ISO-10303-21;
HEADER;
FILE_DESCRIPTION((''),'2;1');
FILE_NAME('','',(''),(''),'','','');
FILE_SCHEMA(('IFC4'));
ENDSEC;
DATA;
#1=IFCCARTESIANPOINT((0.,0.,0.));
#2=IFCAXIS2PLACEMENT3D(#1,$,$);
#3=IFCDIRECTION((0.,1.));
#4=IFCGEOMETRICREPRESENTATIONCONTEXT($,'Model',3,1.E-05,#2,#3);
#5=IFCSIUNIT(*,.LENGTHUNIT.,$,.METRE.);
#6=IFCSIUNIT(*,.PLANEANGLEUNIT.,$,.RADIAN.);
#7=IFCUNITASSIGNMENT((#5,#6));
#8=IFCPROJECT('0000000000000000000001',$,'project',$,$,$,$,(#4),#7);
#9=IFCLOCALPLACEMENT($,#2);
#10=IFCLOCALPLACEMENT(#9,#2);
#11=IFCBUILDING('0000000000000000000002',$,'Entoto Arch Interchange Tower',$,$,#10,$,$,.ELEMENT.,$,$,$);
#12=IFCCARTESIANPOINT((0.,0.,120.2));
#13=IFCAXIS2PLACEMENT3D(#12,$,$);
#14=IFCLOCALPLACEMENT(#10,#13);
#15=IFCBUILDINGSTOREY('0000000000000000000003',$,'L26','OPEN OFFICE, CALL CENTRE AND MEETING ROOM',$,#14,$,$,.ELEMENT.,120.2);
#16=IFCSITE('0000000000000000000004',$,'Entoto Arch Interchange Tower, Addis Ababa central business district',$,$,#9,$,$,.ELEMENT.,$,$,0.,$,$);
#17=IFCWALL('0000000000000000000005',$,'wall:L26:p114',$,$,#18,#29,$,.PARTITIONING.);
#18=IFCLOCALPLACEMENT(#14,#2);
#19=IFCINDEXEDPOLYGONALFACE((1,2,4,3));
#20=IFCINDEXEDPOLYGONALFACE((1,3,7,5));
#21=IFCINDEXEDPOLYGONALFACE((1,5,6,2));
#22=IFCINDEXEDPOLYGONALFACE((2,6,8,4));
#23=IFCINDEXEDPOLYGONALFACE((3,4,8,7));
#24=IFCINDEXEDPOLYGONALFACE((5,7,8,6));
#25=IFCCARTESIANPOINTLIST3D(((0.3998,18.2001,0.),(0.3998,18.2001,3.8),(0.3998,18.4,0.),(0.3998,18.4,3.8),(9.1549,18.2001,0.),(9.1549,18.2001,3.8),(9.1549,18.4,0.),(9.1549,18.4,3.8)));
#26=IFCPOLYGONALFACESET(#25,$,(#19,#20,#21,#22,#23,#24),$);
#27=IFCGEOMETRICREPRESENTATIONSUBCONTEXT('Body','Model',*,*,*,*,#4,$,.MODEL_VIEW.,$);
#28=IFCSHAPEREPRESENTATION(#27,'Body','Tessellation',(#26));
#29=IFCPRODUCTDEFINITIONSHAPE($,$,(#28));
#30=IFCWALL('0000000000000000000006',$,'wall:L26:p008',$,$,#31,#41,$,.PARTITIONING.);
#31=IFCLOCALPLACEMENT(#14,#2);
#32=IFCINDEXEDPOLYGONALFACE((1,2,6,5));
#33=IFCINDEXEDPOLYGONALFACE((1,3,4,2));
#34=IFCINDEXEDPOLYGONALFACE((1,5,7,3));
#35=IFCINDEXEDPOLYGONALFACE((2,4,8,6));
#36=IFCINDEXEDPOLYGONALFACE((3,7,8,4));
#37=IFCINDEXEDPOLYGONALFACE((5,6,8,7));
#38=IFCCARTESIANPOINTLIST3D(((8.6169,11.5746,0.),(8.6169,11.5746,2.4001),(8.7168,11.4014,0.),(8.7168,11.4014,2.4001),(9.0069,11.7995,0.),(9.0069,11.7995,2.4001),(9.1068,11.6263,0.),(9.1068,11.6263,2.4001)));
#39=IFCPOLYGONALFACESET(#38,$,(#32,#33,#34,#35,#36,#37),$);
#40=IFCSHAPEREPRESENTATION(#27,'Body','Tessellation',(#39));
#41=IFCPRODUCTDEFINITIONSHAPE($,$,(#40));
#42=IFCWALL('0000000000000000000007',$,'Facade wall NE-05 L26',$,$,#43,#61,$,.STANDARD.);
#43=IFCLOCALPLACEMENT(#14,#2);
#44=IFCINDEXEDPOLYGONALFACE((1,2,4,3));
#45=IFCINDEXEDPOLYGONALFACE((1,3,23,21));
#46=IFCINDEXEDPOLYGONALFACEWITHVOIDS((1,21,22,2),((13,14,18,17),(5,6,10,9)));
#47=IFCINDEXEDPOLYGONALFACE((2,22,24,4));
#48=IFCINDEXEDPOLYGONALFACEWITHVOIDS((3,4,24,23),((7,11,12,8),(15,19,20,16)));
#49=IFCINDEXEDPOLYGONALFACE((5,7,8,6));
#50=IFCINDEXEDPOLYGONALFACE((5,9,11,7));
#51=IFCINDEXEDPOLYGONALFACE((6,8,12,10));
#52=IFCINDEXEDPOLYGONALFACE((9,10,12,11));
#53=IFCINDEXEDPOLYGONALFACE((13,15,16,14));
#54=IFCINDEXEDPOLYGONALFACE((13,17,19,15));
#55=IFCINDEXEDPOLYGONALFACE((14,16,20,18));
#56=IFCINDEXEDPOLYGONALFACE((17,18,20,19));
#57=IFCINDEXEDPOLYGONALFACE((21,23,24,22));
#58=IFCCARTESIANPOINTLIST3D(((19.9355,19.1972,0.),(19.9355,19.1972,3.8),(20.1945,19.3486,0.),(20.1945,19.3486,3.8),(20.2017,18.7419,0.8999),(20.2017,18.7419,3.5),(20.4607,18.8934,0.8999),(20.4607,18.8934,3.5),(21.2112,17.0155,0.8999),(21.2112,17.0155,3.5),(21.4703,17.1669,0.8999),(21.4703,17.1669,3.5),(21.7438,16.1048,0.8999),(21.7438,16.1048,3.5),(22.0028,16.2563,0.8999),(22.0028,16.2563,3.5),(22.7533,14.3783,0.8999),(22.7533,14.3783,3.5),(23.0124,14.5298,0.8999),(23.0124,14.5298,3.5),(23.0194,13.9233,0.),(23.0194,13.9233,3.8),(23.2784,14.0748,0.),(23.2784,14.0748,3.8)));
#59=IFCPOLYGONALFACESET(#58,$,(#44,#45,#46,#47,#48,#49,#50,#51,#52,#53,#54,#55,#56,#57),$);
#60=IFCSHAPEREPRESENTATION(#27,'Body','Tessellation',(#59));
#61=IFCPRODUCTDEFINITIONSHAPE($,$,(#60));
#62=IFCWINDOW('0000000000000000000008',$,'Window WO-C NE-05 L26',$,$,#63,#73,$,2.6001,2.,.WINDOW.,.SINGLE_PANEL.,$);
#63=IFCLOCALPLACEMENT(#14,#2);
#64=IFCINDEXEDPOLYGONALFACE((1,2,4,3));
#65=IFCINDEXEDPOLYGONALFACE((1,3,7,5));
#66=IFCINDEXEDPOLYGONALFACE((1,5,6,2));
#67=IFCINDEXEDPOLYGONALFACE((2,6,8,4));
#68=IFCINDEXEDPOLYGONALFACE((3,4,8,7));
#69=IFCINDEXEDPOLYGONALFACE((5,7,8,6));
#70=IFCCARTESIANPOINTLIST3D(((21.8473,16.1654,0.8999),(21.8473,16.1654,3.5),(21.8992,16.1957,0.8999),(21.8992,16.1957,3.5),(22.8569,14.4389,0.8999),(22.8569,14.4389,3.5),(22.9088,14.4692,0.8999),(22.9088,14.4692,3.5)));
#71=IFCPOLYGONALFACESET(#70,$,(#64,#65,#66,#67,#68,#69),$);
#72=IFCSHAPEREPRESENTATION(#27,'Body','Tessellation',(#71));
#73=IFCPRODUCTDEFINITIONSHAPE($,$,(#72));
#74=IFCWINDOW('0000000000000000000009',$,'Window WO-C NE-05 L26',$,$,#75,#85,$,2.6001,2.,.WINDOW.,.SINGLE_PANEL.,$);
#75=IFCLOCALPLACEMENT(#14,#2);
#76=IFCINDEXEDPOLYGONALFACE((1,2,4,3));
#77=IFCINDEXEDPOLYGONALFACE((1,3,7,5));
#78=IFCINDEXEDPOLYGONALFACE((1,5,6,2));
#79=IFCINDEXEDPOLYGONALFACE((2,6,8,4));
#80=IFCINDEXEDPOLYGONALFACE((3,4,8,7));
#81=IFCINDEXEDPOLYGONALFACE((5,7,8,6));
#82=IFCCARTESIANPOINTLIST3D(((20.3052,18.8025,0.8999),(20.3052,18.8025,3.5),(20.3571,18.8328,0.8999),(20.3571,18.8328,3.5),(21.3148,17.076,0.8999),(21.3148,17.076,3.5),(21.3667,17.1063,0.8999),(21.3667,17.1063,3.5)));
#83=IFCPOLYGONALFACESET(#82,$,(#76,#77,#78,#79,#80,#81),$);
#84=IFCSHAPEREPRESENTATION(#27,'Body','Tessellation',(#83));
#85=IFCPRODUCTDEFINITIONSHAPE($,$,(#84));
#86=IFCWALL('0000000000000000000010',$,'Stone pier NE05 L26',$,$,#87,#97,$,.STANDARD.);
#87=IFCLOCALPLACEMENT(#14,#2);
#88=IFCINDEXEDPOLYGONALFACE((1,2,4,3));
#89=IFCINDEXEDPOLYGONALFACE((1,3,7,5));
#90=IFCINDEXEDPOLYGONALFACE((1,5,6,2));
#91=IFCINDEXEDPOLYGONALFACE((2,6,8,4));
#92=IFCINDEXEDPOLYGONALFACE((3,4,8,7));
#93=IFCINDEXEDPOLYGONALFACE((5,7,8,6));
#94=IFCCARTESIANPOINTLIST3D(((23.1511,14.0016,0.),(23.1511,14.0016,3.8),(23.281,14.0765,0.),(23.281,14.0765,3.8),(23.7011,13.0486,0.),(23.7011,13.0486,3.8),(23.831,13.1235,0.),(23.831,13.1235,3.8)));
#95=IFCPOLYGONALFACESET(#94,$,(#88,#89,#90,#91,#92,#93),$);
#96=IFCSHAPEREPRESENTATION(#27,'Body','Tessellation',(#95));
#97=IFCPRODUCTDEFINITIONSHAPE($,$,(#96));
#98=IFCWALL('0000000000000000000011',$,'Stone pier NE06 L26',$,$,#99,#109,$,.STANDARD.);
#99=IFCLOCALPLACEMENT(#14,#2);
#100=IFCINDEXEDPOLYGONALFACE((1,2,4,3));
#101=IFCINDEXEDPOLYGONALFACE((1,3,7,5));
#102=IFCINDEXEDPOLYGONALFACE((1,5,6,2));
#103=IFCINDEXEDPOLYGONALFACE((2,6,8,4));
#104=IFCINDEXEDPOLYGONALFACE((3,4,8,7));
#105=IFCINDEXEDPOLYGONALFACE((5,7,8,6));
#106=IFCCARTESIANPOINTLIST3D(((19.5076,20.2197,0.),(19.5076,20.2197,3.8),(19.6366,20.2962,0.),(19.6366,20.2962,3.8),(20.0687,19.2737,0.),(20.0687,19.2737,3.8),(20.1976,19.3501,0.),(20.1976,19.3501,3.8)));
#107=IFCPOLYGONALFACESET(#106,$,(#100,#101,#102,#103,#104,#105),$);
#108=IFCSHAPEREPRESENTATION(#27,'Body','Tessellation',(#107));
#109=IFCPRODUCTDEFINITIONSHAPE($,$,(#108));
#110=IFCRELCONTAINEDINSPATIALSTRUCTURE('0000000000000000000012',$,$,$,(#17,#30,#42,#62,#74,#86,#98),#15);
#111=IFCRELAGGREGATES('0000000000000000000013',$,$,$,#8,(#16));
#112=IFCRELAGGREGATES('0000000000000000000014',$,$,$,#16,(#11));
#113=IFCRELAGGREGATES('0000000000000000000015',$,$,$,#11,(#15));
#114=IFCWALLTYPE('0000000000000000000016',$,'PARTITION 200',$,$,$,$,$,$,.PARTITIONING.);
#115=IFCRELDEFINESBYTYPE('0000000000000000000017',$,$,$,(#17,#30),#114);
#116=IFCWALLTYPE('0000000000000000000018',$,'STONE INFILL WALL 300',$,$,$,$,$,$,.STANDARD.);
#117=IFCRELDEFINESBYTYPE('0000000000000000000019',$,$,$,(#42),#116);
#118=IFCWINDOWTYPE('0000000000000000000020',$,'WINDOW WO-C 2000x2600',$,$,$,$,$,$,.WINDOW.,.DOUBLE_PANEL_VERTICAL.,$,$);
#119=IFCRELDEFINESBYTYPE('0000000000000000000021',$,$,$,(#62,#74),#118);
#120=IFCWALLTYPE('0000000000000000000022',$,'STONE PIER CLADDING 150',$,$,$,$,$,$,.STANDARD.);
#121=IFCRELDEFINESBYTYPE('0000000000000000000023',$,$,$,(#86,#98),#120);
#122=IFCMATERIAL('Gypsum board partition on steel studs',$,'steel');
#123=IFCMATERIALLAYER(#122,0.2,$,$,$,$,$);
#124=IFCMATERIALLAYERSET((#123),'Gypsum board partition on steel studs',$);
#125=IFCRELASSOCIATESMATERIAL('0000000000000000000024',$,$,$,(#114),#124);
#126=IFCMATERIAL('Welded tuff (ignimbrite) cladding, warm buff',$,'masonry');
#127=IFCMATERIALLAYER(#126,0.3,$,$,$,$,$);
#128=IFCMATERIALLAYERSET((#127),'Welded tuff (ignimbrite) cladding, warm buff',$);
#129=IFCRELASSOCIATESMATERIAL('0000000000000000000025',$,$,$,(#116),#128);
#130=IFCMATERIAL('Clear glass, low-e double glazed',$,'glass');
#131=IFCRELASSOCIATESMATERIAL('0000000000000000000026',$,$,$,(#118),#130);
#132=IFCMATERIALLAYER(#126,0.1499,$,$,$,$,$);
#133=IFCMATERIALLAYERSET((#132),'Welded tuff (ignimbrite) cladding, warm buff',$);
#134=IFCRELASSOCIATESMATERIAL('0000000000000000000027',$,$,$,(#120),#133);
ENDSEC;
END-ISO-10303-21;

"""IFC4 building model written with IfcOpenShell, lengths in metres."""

from ifc_helpers import new_model, si_unit, direction, frame, frame_2d, origin, place, context, subcontext, project, spatial, rectangle, extrude, material, layer, layer_set, type_object, element, fill, save


model = new_model("IFC4")

# Units and contexts
model_context = context("Model", 3, precision=1e-05, world=origin(), true_north=direction((0.0, 1.0)))
body_context = subcontext(model_context, "Body", "Model", "MODEL_VIEW")
ifc_project = project(units=[si_unit("LENGTHUNIT", "METRE"), si_unit("PLANEANGLEUNIT", "RADIAN")], contexts=[model_context])

# Site, building, storey
site_placement = place(None, origin())
site = spatial("IfcSite", under=ifc_project, at=site_placement, Name="Entoto Arch Interchange Tower, Addis Ababa central business district", CompositionType="ELEMENT", RefElevation=0.0)
building_placement = place(site_placement, origin())
building = spatial("IfcBuilding", under=site, at=building_placement, Name="Entoto Arch Interchange Tower", CompositionType="ELEMENT")
storey_placement = place(building_placement, frame((0.0, 0.0, 120.2)))
storey = spatial("IfcBuildingStorey", under=building, at=storey_placement, Name="L26", Description="OPEN OFFICE, CALL CENTRE AND MEETING ROOM", CompositionType="ELEMENT", Elevation=120.2)

# Shared definitions
ifc_material_1 = material(Name="Gypsum board partition on steel studs", Category="steel")

# Shared definitions
ifc_layer_1 = layer(ifc_material_1, 0.2)
ifc_layer_set_1 = layer_set([ifc_layer_1], Name="Gypsum board partition on steel studs")
wall_type_1 = type_object("IfcWallType", Name="PARTITION 200", PredefinedType="PARTITIONING", material=ifc_layer_set_1)

# Walls
wall_1_placement = place(storey_placement, frame((0.3999, 18.3, 0.0), z_axis=(0.0, 0.0, 1.0), x_axis=(1.0, 0.0, 0.0)))
element("IfcWall", 1, at=wall_1_placement, inside=storey, type_object=wall_type_1, Name="wall:L26:p114", PredefinedType="PARTITIONING", context=body_context, shape_type="SweptSolid", body=[
    extrude(rectangle(XDim=8.7551, YDim=0.2, at=frame_2d((4.3774, 0.0))), origin(), (0.0, 0.0, 1.0), 3.8),
])
wall_2_placement = place(storey_placement, frame((9.0569, 11.7129, 0.0), z_axis=(0.0, 0.0, 1.0), x_axis=(-0.866267, -0.499582, 0.0)))
element("IfcWall", 2, at=wall_2_placement, inside=storey, type_object=wall_type_1, Name="wall:L26:p008", PredefinedType="PARTITIONING", context=body_context, shape_type="SweptSolid", body=[
    extrude(rectangle(XDim=0.4502, YDim=0.2, at=frame_2d((0.2251, 0.0))), origin(), (0.0, 0.0, 1.0), 2.4001),
])

# Wall, openings, windows
ifc_material_2 = material(Name="Welded tuff (ignimbrite) cladding, warm buff", Category="masonry")
ifc_layer_2 = layer(ifc_material_2, 0.3)
ifc_layer_set_2 = layer_set([ifc_layer_2], Name="Welded tuff (ignimbrite) cladding, warm buff")
wall_type_2 = type_object("IfcWallType", Name="STONE INFILL WALL 300", PredefinedType="STANDARD", material=ifc_layer_set_2)
wall_3_placement = place(storey_placement, frame((23.1489, 13.999, 0.0), z_axis=(0.0, 0.0, 1.0), x_axis=(-0.50479, 0.863242, 0.0)))
wall_3 = element("IfcWall", 3, at=wall_3_placement, inside=storey, type_object=wall_type_2, Name="Facade wall NE-05 L26", PredefinedType="STANDARD", context=body_context, shape_type="SweptSolid", body=[
    extrude(rectangle(XDim=6.1094, YDim=0.3, at=frame_2d((3.0547, 0.0))), origin(), (0.0, 0.0, 1.0), 3.8),
])
opening_1_placement = place(wall_3_placement, frame((0.5271, 0.0, 0.8999)))
opening_1 = element("IfcOpeningElement", 4, at=opening_1_placement, cuts=wall_3, PredefinedType="OPENING", context=body_context, shape_type="SweptSolid", body=[
    extrude(rectangle(XDim=2.0, YDim=2.6001, at=frame_2d((1.0, 1.3))), frame((0.0, 0.1602, 0.0), z_axis=(0.0, -1.0, 0.0), x_axis=(1.0, 0.0, 0.0)), (0.0, 0.0, 1.0), 0.3201),
])
opening_2_placement = place(wall_3_placement, frame((3.582, 0.0, 0.8999)))
opening_2 = element("IfcOpeningElement", 5, at=opening_2_placement, cuts=wall_3, PredefinedType="OPENING", context=body_context, shape_type="SweptSolid", body=[
    extrude(rectangle(XDim=2.0, YDim=2.6001, at=frame_2d((1.0, 1.3))), frame((0.0, 0.1602, 0.0), z_axis=(0.0, -1.0, 0.0), x_axis=(1.0, 0.0, 0.0)), (0.0, 0.0, 1.0), 0.3201),
])
ifc_material_3 = material(Name="Clear glass, low-e double glazed", Category="glass")
window_type = type_object("IfcWindowType", Name="WINDOW WO-C 2000x2600", PartitioningType="DOUBLE_PANEL_VERTICAL", PredefinedType="WINDOW", material=ifc_material_3)
window_1_placement = place(opening_1_placement, origin())
window_1 = element("IfcWindow", 6, at=window_1_placement, inside=storey, type_object=window_type, Name="Window WO-C NE-05 L26", OverallHeight=2.6001, OverallWidth=2.0, PartitioningType="SINGLE_PANEL", PredefinedType="WINDOW", context=body_context, shape_type="SweptSolid", body=[
    extrude(rectangle(XDim=2.0, YDim=2.6001, at=frame_2d((1.0, 1.3))), frame((0.0, 0.03, 0.0), z_axis=(0.0, -1.0, 0.0), x_axis=(1.0, 0.0, 0.0)), (0.0, 0.0, 1.0), 0.0601),
])
fill(opening_1, window_1)
window_2_placement = place(opening_2_placement, origin())
window_2 = element("IfcWindow", 7, at=window_2_placement, inside=storey, type_object=window_type, Name="Window WO-C NE-05 L26", OverallHeight=2.6001, OverallWidth=2.0, PartitioningType="SINGLE_PANEL", PredefinedType="WINDOW", context=body_context, shape_type="SweptSolid", body=[
    extrude(rectangle(XDim=2.0, YDim=2.6001, at=frame_2d((1.0, 1.3))), frame((0.0, 0.03, 0.0), z_axis=(0.0, -1.0, 0.0), x_axis=(1.0, 0.0, 0.0)), (0.0, 0.0, 1.0), 0.0601),
])
fill(opening_2, window_2)

# Walls
ifc_layer_3 = layer(ifc_material_2, 0.1499)
ifc_layer_set_3 = layer_set([ifc_layer_3], Name="Welded tuff (ignimbrite) cladding, warm buff")
wall_type_3 = type_object("IfcWallType", Name="STONE PIER CLADDING 150", PredefinedType="STANDARD", material=ifc_layer_set_3)
wall_4_placement = place(storey_placement, frame((23.7661, 13.0859, 0.0), z_axis=(0.0, 0.0, 1.0), x_axis=(-0.499838, 0.866119, 0.0)))
element("IfcWall", 8, at=wall_4_placement, inside=storey, type_object=wall_type_3, Name="Stone pier NE05 L26", PredefinedType="STANDARD", context=body_context, shape_type="SweptSolid", body=[
    extrude(rectangle(XDim=1.1003, YDim=0.1499, at=frame_2d((0.5503, 0.0))), origin(), (0.0, 0.0, 1.0), 3.8),
])
wall_5_placement = place(storey_placement, frame((20.1331, 19.312, 0.0), z_axis=(0.0, 0.0, 1.0), x_axis=(-0.510082, 0.860126, 0.0)))
element("IfcWall", 9, at=wall_5_placement, inside=storey, type_object=wall_type_3, Name="Stone pier NE06 L26", PredefinedType="STANDARD", context=body_context, shape_type="SweptSolid", body=[
    extrude(rectangle(XDim=1.0999, YDim=0.1499, at=frame_2d((0.5498, 0.0))), origin(), (0.0, 0.0, 1.0), 3.8),
])

save(model, "model.ifc")
